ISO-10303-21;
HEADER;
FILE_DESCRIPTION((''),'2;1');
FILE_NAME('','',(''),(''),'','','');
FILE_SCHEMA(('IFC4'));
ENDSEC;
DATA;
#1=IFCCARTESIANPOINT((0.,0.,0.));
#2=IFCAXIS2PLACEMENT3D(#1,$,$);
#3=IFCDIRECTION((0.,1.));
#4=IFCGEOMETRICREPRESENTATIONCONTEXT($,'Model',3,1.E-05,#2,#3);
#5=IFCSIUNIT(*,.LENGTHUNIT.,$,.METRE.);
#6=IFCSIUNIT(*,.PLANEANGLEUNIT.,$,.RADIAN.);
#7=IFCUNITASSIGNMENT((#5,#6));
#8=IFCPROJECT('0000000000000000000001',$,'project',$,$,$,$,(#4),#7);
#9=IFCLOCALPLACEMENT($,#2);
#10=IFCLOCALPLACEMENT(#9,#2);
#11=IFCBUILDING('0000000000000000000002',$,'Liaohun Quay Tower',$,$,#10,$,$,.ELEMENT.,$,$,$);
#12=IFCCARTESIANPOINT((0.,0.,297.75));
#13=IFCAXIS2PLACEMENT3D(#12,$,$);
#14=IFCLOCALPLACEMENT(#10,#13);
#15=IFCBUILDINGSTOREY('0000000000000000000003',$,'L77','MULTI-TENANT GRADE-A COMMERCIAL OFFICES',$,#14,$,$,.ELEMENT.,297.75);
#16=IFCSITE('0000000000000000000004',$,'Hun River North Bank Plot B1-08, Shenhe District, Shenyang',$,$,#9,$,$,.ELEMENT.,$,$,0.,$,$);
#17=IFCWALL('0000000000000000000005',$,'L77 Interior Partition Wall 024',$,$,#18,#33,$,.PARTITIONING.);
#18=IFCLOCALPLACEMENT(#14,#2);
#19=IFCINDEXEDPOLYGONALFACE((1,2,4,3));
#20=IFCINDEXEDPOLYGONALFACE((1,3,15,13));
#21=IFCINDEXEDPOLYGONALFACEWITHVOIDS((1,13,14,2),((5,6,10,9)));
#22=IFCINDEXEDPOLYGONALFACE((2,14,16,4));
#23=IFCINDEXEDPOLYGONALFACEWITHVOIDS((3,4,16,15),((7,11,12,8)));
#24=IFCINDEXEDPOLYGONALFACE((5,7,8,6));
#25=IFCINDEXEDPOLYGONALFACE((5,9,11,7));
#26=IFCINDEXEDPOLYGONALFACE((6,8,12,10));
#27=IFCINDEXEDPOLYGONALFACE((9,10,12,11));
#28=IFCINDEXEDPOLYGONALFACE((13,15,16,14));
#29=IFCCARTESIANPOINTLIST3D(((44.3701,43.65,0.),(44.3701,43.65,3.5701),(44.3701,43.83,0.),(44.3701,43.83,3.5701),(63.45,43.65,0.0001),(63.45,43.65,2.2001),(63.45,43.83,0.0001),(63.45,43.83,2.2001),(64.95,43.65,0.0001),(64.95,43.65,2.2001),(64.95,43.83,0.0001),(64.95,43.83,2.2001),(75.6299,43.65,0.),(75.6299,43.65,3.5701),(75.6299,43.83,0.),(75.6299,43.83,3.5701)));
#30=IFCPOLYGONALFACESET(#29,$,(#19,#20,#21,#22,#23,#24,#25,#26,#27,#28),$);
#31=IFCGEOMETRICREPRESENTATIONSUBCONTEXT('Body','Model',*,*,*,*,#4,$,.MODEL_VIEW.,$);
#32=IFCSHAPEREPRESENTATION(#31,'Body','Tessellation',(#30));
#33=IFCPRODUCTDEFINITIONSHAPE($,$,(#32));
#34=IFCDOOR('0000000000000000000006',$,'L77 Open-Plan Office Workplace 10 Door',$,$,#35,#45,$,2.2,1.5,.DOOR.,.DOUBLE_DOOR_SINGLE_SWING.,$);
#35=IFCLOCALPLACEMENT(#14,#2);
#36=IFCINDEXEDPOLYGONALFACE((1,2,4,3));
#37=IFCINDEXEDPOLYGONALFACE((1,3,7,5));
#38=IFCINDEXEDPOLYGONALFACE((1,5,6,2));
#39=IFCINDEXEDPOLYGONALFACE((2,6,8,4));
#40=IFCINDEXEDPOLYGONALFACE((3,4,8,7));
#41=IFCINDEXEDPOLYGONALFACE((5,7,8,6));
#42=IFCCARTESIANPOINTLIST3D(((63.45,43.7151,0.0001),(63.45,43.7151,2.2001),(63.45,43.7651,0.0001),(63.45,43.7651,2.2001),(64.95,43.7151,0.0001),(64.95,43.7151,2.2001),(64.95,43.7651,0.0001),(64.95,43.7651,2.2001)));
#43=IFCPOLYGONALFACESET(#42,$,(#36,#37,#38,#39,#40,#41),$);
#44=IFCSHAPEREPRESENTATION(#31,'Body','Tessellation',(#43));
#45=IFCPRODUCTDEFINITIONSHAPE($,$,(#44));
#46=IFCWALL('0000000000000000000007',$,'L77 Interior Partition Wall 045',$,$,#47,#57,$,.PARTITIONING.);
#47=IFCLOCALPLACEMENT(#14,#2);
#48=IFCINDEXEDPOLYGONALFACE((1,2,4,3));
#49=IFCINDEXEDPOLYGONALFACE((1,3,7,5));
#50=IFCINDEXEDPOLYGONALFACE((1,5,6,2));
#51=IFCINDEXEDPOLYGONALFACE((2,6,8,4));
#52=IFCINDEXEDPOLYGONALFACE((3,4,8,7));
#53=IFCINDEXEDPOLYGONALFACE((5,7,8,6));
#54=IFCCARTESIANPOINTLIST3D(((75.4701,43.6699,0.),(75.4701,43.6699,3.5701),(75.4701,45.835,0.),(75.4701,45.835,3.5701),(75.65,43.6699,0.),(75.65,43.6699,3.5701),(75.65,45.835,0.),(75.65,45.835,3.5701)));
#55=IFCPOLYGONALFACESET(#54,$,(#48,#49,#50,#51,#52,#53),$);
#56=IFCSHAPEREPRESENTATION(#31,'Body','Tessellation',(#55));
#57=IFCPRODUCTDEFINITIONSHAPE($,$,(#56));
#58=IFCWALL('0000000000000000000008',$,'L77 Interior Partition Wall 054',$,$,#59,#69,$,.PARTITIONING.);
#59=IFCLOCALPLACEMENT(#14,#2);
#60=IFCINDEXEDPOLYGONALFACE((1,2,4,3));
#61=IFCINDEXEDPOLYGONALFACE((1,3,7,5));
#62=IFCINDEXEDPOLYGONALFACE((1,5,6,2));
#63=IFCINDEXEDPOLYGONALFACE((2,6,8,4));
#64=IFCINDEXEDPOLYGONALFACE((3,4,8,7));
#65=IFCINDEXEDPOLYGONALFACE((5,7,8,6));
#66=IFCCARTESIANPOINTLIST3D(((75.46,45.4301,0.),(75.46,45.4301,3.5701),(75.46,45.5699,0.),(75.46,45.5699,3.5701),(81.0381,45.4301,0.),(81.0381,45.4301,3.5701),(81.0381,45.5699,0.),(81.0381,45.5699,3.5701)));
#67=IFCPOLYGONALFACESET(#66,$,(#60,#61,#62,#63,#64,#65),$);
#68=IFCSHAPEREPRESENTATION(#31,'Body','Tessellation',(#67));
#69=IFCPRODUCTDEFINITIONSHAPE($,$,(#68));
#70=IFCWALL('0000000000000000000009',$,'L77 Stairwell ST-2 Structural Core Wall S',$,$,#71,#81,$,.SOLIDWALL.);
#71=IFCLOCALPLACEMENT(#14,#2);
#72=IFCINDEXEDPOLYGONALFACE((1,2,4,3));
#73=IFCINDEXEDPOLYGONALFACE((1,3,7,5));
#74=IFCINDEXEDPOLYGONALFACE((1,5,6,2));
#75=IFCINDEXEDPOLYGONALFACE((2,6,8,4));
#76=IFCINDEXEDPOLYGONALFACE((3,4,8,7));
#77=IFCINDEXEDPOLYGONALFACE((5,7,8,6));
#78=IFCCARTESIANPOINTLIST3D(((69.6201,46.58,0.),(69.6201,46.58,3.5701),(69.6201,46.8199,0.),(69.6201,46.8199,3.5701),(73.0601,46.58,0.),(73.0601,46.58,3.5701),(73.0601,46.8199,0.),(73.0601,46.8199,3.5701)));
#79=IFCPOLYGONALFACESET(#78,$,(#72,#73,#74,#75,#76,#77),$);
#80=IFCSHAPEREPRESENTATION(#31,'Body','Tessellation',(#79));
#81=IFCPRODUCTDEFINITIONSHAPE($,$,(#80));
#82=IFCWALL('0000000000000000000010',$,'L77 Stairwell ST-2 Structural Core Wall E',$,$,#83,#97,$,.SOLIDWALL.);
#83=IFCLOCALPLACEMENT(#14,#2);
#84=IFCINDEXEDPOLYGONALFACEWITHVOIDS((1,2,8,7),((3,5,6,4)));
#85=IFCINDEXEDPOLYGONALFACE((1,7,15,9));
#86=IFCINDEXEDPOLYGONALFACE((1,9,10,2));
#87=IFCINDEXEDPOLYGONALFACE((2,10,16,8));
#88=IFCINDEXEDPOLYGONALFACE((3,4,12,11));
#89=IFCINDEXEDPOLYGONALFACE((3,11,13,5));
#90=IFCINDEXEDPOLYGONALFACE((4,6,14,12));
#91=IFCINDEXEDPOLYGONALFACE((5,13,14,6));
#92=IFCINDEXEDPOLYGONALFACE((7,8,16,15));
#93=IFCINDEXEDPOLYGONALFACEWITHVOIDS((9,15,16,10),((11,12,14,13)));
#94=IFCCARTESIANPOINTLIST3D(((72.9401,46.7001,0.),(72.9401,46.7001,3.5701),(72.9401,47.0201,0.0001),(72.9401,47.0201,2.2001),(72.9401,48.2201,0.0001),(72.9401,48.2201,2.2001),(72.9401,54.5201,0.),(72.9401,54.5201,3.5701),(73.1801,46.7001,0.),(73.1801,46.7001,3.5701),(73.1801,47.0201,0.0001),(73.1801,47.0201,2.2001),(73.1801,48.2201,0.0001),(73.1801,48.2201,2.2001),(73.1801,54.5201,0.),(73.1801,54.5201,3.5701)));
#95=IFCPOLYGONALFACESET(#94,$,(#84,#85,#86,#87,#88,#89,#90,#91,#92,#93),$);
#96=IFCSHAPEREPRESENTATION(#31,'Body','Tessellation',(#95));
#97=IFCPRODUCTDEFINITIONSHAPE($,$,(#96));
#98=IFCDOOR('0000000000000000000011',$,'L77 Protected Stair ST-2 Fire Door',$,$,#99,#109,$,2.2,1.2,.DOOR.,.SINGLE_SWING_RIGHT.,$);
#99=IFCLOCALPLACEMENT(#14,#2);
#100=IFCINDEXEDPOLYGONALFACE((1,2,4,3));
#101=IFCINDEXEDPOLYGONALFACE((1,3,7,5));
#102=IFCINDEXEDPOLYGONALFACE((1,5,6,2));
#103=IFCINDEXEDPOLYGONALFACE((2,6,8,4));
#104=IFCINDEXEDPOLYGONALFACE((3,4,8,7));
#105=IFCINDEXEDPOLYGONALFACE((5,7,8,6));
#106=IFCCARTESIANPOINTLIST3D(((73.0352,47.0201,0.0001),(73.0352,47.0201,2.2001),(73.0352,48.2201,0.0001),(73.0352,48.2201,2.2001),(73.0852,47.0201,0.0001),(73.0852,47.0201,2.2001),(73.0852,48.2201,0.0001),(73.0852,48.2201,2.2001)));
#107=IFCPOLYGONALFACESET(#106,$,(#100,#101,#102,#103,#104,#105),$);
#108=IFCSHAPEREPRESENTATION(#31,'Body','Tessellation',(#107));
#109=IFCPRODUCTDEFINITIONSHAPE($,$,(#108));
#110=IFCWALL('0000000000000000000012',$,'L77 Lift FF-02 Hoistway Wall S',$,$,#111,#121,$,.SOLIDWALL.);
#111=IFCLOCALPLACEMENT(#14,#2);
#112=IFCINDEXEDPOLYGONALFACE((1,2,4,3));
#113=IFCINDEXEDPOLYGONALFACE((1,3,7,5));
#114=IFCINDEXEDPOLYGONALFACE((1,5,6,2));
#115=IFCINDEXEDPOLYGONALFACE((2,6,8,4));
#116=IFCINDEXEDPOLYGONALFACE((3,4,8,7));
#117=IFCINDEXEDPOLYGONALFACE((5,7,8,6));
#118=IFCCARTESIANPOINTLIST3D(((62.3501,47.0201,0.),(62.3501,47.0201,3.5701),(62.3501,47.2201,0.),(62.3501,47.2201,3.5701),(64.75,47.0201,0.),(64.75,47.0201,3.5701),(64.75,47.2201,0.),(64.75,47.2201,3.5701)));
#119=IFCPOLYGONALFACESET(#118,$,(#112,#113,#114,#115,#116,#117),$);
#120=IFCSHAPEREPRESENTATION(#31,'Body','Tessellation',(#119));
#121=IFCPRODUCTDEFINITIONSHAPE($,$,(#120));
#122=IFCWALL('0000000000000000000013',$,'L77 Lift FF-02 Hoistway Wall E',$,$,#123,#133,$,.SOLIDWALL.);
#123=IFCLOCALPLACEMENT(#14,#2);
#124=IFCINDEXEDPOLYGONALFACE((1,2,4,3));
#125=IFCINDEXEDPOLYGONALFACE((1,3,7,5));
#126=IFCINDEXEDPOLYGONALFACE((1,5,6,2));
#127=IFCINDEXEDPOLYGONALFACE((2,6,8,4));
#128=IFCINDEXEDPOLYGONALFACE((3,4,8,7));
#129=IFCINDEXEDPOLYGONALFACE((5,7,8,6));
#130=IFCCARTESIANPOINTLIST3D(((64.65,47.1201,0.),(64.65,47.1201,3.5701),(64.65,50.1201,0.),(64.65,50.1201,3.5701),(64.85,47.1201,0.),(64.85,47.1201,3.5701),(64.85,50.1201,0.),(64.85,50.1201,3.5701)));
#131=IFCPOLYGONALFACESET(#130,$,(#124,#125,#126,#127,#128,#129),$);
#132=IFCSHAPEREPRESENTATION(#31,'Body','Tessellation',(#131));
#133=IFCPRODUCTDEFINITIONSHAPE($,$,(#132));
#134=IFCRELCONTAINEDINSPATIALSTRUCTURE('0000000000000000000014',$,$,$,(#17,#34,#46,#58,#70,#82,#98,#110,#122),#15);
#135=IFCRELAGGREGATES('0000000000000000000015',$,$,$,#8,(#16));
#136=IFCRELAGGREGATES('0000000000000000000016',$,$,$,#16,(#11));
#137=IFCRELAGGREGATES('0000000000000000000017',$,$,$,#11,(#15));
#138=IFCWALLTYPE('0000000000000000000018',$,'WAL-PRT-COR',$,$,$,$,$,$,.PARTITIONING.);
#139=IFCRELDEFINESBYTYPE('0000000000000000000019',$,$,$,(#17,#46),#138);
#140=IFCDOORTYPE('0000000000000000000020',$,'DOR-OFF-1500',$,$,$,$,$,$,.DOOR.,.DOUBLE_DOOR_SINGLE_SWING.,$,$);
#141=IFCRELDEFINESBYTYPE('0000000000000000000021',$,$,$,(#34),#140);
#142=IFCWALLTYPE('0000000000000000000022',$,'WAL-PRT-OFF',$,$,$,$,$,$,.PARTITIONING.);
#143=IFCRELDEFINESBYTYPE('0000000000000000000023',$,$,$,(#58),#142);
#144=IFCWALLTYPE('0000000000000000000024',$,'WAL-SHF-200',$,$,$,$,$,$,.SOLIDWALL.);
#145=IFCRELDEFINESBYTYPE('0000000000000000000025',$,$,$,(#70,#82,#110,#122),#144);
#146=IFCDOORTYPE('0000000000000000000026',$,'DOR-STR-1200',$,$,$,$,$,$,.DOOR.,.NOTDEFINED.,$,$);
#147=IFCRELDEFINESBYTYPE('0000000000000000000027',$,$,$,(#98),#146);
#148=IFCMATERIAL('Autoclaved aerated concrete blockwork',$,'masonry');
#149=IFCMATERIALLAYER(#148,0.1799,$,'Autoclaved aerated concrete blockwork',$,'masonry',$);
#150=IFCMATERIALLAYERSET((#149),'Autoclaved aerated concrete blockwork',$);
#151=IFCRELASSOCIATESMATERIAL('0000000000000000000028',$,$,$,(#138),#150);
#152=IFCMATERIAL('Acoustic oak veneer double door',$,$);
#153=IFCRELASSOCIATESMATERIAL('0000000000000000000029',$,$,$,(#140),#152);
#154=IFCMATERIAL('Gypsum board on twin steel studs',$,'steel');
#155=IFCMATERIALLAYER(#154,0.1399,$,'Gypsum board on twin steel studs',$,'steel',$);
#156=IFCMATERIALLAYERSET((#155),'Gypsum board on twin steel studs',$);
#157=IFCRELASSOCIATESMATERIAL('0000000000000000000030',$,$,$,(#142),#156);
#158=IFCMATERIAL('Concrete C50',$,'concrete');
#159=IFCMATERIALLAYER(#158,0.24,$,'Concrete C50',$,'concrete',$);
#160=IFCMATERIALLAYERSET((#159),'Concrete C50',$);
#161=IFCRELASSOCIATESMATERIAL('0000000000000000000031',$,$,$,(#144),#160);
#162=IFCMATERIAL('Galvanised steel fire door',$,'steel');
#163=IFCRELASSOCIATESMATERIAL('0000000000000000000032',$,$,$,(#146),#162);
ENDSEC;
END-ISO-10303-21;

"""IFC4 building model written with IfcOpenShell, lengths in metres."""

from ifc_helpers import new_model, si_unit, direction, frame, frame_2d, origin, place, context, subcontext, project, spatial, rectangle, extrude, source, transform, mapped, material, layer, layer_set, type_object, element, fill, save


model = new_model("IFC4")

# Units and contexts
model_context = context("Model", 3, precision=1e-05, world=origin(), true_north=direction((0.0, 1.0)))
body_context = subcontext(model_context, "Body", "Model", "MODEL_VIEW")
ifc_project = project(units=[si_unit("LENGTHUNIT", "METRE"), si_unit("PLANEANGLEUNIT", "RADIAN")], contexts=[model_context])

# Site, building, storey
site_placement = place(None, origin())
site = spatial("IfcSite", under=ifc_project, at=site_placement, Name="Hun River North Bank Plot B1-08, Shenhe District, Shenyang", CompositionType="ELEMENT", RefElevation=0.0)
building_placement = place(site_placement, origin())
building = spatial("IfcBuilding", under=site, at=building_placement, Name="Liaohun Quay Tower", CompositionType="ELEMENT")
storey_placement = place(building_placement, frame((0.0, 0.0, 297.75)))
storey = spatial("IfcBuildingStorey", under=building, at=storey_placement, Name="L77", Description="MULTI-TENANT GRADE-A COMMERCIAL OFFICES", CompositionType="ELEMENT", Elevation=297.75)

# Shared definitions
ifc_material_1 = material(Name="Concrete C50", Category="concrete")

# Wall, opening, door
ifc_material_2 = material(Name="Autoclaved aerated concrete blockwork", Category="masonry")
ifc_layer_1 = layer(ifc_material_2, 0.1799, Name="Autoclaved aerated concrete blockwork", Category="masonry")
ifc_layer_set_1 = layer_set([ifc_layer_1], Name="Autoclaved aerated concrete blockwork")
wall_type_1 = type_object("IfcWallType", Name="WAL-PRT-COR", PredefinedType="PARTITIONING", material=ifc_layer_set_1)
wall_1_placement = place(storey_placement, frame((75.6299, 43.74, 0.0), z_axis=(0.0, 0.0, 1.0), x_axis=(-1.0, 0.0, 0.0)))
wall_1 = element("IfcWall", 1, at=wall_1_placement, inside=storey, type_object=wall_type_1, Name="L77 Interior Partition Wall 024", PredefinedType="PARTITIONING", context=body_context, shape_type="SweptSolid", body=[
    extrude(rectangle(XDim=31.2598, YDim=0.1799, at=frame_2d((15.6299, 0.0))), origin(), (0.0, 0.0, 1.0), 3.5701),
])
shared_shape_1 = source(origin(), body_context, "Body", "SweptSolid", [
    extrude(rectangle(XDim=1.5, YDim=2.2, at=frame_2d((0.75, 1.1001))), frame((0.0, 0.0999, 0.0), z_axis=(0.0, -1.0, 0.0), x_axis=(1.0, 0.0, 0.0)), (0.0, 0.0, 1.0), 0.2),
])
opening_1_placement = place(wall_1_placement, frame((10.6799, 0.0, 0.0)))
opening_1 = element("IfcOpeningElement", 2, at=opening_1_placement, cuts=wall_1, PredefinedType="OPENING", context=body_context, shape_type="MappedRepresentation", body=[
    mapped(shared_shape_1, transform((0.0, 0.0, 0.0), x_axis=(1.0, 0.0, 0.0), y_axis=(0.0, 1.0, 0.0), z_axis=(0.0, 0.0, 1.0), scale=1.0)),
])
ifc_material_3 = material(Name="Acoustic oak veneer double door")
door_type_1 = type_object("IfcDoorType", Name="DOR-OFF-1500", OperationType="DOUBLE_DOOR_SINGLE_SWING", PredefinedType="DOOR", material=ifc_material_3)
shared_shape_2 = source(origin(), body_context, "Body", "SweptSolid", [
    extrude(rectangle(XDim=1.5, YDim=2.2, at=frame_2d((0.75, 1.1001))), frame((0.0, 0.0249, 0.0), z_axis=(0.0, -1.0, 0.0), x_axis=(1.0, 0.0, 0.0)), (0.0, 0.0, 1.0), 0.05),
])
door_1_placement = place(opening_1_placement, origin())
door_1 = element("IfcDoor", 3, at=door_1_placement, inside=storey, type_object=door_type_1, Name="L77 Open-Plan Office Workplace 10 Door", OperationType="DOUBLE_DOOR_SINGLE_SWING", OverallHeight=2.2, OverallWidth=1.5, PredefinedType="DOOR", context=body_context, shape_type="MappedRepresentation", body=[
    mapped(shared_shape_2, transform((0.0, 0.0, 0.0), x_axis=(1.0, 0.0, 0.0), y_axis=(0.0, 1.0, 0.0), z_axis=(0.0, 0.0, 1.0), scale=1.0)),
])
fill(opening_1, door_1)

# Walls
wall_2_placement = place(storey_placement, frame((75.5601, 45.835, 0.0), z_axis=(0.0, 0.0, 1.0), x_axis=(0.0, -1.0, 0.0)))
element("IfcWall", 4, at=wall_2_placement, inside=storey, type_object=wall_type_1, Name="L77 Interior Partition Wall 045", PredefinedType="PARTITIONING", context=body_context, shape_type="SweptSolid", body=[
    extrude(rectangle(XDim=2.165, YDim=0.1799, at=frame_2d((1.0825, 0.0))), origin(), (0.0, 0.0, 1.0), 3.5701),
])
ifc_material_4 = material(Name="Gypsum board on twin steel studs", Category="steel")
ifc_layer_2 = layer(ifc_material_4, 0.1399, Name="Gypsum board on twin steel studs", Category="steel")
ifc_layer_set_2 = layer_set([ifc_layer_2], Name="Gypsum board on twin steel studs")
wall_type_2 = type_object("IfcWallType", Name="WAL-PRT-OFF", PredefinedType="PARTITIONING", material=ifc_layer_set_2)
wall_3_placement = place(storey_placement, frame((75.46, 45.5, 0.0), z_axis=(0.0, 0.0, 1.0), x_axis=(1.0, 0.0, 0.0)))
element("IfcWall", 5, at=wall_3_placement, inside=storey, type_object=wall_type_2, Name="L77 Interior Partition Wall 054", PredefinedType="PARTITIONING", context=body_context, shape_type="SweptSolid", body=[
    extrude(rectangle(XDim=5.5781, YDim=0.1399, at=frame_2d((2.7891, 0.0))), origin(), (0.0, 0.0, 1.0), 3.5701),
])
ifc_layer_3 = layer(ifc_material_1, 0.24, Name="Concrete C50", Category="concrete")
ifc_layer_set_3 = layer_set([ifc_layer_3], Name="Concrete C50")
wall_type_3 = type_object("IfcWallType", Name="WAL-SHF-200", PredefinedType="SOLIDWALL", material=ifc_layer_set_3)
wall_4_placement = place(storey_placement, frame((69.6201, 46.7, 0.0), z_axis=(0.0, 0.0, 1.0), x_axis=(1.0, 0.0, 0.0)))
element("IfcWall", 6, at=wall_4_placement, inside=storey, type_object=wall_type_3, Name="L77 Stairwell ST-2 Structural Core Wall S", PredefinedType="SOLIDWALL", context=body_context, shape_type="SweptSolid", body=[
    extrude(rectangle(XDim=3.4399, YDim=0.24, at=frame_2d((1.72, 0.0))), origin(), (0.0, 0.0, 1.0), 3.5701),
])

# Wall, opening, door
wall_5_placement = place(storey_placement, frame((73.0601, 46.7, 0.0), z_axis=(0.0, 0.0, 1.0), x_axis=(0.0, 1.0, 0.0)))
wall_5 = element("IfcWall", 7, at=wall_5_placement, inside=storey, type_object=wall_type_3, Name="L77 Stairwell ST-2 Structural Core Wall E", PredefinedType="SOLIDWALL", context=body_context, shape_type="SweptSolid", body=[
    extrude(rectangle(XDim=7.8201, YDim=0.24, at=frame_2d((3.9102, 0.0))), origin(), (0.0, 0.0, 1.0), 3.5701),
])
shared_shape_3 = source(origin(), body_context, "Body", "SweptSolid", [
    extrude(rectangle(XDim=1.2, YDim=2.2, at=frame_2d((0.6001, 1.1001))), frame((0.0, 0.1299, 0.0), z_axis=(0.0, -1.0, 0.0), x_axis=(1.0, 0.0, 0.0)), (0.0, 0.0, 1.0), 0.26),
])
opening_2_placement = place(wall_5_placement, frame((0.3201, 0.0, 0.0)))
opening_2 = element("IfcOpeningElement", 8, at=opening_2_placement, cuts=wall_5, PredefinedType="OPENING", context=body_context, shape_type="MappedRepresentation", body=[
    mapped(shared_shape_3, transform((0.0, 0.0, 0.0), x_axis=(1.0, 0.0, 0.0), y_axis=(0.0, 1.0, 0.0), z_axis=(0.0, 0.0, 1.0), scale=1.0)),
])
ifc_material_5 = material(Name="Galvanised steel fire door", Category="steel")
door_type_2 = type_object("IfcDoorType", Name="DOR-STR-1200", OperationType="NOTDEFINED", PredefinedType="DOOR", material=ifc_material_5)
shared_shape_4 = source(origin(), body_context, "Body", "SweptSolid", [
    extrude(rectangle(XDim=1.2, YDim=2.2, at=frame_2d((0.6001, 1.1001))), frame((0.0, 0.0249, 0.0), z_axis=(0.0, -1.0, 0.0), x_axis=(1.0, 0.0, 0.0)), (0.0, 0.0, 1.0), 0.05),
])
door_2_placement = place(opening_2_placement, origin())
door_2 = element("IfcDoor", 9, at=door_2_placement, inside=storey, type_object=door_type_2, Name="L77 Protected Stair ST-2 Fire Door", OperationType="SINGLE_SWING_RIGHT", OverallHeight=2.2, OverallWidth=1.2, PredefinedType="DOOR", context=body_context, shape_type="MappedRepresentation", body=[
    mapped(shared_shape_4, transform((0.0, 0.0, 0.0), x_axis=(1.0, 0.0, 0.0), y_axis=(0.0, 1.0, 0.0), z_axis=(0.0, 0.0, 1.0), scale=1.0)),
])
fill(opening_2, door_2)

# Walls
wall_6_placement = place(storey_placement, frame((62.3501, 47.1201, 0.0), z_axis=(0.0, 0.0, 1.0), x_axis=(1.0, 0.0, 0.0)))
element("IfcWall", 10, at=wall_6_placement, inside=storey, type_object=wall_type_3, Name="L77 Lift FF-02 Hoistway Wall S", PredefinedType="SOLIDWALL", context=body_context, shape_type="SweptSolid", body=[
    extrude(rectangle(XDim=2.3999, YDim=0.2, at=frame_2d((1.2, 0.0))), origin(), (0.0, 0.0, 1.0), 3.5701),
])
wall_7_placement = place(storey_placement, frame((64.75, 47.1201, 0.0), z_axis=(0.0, 0.0, 1.0), x_axis=(0.0, 1.0, 0.0)))
element("IfcWall", 11, at=wall_7_placement, inside=storey, type_object=wall_type_3, Name="L77 Lift FF-02 Hoistway Wall E", PredefinedType="SOLIDWALL", context=body_context, shape_type="SweptSolid", body=[
    extrude(rectangle(XDim=3.0, YDim=0.2, at=frame_2d((1.5, 0.0))), origin(), (0.0, 0.0, 1.0), 3.5701),
])

save(model, "model.ifc")
